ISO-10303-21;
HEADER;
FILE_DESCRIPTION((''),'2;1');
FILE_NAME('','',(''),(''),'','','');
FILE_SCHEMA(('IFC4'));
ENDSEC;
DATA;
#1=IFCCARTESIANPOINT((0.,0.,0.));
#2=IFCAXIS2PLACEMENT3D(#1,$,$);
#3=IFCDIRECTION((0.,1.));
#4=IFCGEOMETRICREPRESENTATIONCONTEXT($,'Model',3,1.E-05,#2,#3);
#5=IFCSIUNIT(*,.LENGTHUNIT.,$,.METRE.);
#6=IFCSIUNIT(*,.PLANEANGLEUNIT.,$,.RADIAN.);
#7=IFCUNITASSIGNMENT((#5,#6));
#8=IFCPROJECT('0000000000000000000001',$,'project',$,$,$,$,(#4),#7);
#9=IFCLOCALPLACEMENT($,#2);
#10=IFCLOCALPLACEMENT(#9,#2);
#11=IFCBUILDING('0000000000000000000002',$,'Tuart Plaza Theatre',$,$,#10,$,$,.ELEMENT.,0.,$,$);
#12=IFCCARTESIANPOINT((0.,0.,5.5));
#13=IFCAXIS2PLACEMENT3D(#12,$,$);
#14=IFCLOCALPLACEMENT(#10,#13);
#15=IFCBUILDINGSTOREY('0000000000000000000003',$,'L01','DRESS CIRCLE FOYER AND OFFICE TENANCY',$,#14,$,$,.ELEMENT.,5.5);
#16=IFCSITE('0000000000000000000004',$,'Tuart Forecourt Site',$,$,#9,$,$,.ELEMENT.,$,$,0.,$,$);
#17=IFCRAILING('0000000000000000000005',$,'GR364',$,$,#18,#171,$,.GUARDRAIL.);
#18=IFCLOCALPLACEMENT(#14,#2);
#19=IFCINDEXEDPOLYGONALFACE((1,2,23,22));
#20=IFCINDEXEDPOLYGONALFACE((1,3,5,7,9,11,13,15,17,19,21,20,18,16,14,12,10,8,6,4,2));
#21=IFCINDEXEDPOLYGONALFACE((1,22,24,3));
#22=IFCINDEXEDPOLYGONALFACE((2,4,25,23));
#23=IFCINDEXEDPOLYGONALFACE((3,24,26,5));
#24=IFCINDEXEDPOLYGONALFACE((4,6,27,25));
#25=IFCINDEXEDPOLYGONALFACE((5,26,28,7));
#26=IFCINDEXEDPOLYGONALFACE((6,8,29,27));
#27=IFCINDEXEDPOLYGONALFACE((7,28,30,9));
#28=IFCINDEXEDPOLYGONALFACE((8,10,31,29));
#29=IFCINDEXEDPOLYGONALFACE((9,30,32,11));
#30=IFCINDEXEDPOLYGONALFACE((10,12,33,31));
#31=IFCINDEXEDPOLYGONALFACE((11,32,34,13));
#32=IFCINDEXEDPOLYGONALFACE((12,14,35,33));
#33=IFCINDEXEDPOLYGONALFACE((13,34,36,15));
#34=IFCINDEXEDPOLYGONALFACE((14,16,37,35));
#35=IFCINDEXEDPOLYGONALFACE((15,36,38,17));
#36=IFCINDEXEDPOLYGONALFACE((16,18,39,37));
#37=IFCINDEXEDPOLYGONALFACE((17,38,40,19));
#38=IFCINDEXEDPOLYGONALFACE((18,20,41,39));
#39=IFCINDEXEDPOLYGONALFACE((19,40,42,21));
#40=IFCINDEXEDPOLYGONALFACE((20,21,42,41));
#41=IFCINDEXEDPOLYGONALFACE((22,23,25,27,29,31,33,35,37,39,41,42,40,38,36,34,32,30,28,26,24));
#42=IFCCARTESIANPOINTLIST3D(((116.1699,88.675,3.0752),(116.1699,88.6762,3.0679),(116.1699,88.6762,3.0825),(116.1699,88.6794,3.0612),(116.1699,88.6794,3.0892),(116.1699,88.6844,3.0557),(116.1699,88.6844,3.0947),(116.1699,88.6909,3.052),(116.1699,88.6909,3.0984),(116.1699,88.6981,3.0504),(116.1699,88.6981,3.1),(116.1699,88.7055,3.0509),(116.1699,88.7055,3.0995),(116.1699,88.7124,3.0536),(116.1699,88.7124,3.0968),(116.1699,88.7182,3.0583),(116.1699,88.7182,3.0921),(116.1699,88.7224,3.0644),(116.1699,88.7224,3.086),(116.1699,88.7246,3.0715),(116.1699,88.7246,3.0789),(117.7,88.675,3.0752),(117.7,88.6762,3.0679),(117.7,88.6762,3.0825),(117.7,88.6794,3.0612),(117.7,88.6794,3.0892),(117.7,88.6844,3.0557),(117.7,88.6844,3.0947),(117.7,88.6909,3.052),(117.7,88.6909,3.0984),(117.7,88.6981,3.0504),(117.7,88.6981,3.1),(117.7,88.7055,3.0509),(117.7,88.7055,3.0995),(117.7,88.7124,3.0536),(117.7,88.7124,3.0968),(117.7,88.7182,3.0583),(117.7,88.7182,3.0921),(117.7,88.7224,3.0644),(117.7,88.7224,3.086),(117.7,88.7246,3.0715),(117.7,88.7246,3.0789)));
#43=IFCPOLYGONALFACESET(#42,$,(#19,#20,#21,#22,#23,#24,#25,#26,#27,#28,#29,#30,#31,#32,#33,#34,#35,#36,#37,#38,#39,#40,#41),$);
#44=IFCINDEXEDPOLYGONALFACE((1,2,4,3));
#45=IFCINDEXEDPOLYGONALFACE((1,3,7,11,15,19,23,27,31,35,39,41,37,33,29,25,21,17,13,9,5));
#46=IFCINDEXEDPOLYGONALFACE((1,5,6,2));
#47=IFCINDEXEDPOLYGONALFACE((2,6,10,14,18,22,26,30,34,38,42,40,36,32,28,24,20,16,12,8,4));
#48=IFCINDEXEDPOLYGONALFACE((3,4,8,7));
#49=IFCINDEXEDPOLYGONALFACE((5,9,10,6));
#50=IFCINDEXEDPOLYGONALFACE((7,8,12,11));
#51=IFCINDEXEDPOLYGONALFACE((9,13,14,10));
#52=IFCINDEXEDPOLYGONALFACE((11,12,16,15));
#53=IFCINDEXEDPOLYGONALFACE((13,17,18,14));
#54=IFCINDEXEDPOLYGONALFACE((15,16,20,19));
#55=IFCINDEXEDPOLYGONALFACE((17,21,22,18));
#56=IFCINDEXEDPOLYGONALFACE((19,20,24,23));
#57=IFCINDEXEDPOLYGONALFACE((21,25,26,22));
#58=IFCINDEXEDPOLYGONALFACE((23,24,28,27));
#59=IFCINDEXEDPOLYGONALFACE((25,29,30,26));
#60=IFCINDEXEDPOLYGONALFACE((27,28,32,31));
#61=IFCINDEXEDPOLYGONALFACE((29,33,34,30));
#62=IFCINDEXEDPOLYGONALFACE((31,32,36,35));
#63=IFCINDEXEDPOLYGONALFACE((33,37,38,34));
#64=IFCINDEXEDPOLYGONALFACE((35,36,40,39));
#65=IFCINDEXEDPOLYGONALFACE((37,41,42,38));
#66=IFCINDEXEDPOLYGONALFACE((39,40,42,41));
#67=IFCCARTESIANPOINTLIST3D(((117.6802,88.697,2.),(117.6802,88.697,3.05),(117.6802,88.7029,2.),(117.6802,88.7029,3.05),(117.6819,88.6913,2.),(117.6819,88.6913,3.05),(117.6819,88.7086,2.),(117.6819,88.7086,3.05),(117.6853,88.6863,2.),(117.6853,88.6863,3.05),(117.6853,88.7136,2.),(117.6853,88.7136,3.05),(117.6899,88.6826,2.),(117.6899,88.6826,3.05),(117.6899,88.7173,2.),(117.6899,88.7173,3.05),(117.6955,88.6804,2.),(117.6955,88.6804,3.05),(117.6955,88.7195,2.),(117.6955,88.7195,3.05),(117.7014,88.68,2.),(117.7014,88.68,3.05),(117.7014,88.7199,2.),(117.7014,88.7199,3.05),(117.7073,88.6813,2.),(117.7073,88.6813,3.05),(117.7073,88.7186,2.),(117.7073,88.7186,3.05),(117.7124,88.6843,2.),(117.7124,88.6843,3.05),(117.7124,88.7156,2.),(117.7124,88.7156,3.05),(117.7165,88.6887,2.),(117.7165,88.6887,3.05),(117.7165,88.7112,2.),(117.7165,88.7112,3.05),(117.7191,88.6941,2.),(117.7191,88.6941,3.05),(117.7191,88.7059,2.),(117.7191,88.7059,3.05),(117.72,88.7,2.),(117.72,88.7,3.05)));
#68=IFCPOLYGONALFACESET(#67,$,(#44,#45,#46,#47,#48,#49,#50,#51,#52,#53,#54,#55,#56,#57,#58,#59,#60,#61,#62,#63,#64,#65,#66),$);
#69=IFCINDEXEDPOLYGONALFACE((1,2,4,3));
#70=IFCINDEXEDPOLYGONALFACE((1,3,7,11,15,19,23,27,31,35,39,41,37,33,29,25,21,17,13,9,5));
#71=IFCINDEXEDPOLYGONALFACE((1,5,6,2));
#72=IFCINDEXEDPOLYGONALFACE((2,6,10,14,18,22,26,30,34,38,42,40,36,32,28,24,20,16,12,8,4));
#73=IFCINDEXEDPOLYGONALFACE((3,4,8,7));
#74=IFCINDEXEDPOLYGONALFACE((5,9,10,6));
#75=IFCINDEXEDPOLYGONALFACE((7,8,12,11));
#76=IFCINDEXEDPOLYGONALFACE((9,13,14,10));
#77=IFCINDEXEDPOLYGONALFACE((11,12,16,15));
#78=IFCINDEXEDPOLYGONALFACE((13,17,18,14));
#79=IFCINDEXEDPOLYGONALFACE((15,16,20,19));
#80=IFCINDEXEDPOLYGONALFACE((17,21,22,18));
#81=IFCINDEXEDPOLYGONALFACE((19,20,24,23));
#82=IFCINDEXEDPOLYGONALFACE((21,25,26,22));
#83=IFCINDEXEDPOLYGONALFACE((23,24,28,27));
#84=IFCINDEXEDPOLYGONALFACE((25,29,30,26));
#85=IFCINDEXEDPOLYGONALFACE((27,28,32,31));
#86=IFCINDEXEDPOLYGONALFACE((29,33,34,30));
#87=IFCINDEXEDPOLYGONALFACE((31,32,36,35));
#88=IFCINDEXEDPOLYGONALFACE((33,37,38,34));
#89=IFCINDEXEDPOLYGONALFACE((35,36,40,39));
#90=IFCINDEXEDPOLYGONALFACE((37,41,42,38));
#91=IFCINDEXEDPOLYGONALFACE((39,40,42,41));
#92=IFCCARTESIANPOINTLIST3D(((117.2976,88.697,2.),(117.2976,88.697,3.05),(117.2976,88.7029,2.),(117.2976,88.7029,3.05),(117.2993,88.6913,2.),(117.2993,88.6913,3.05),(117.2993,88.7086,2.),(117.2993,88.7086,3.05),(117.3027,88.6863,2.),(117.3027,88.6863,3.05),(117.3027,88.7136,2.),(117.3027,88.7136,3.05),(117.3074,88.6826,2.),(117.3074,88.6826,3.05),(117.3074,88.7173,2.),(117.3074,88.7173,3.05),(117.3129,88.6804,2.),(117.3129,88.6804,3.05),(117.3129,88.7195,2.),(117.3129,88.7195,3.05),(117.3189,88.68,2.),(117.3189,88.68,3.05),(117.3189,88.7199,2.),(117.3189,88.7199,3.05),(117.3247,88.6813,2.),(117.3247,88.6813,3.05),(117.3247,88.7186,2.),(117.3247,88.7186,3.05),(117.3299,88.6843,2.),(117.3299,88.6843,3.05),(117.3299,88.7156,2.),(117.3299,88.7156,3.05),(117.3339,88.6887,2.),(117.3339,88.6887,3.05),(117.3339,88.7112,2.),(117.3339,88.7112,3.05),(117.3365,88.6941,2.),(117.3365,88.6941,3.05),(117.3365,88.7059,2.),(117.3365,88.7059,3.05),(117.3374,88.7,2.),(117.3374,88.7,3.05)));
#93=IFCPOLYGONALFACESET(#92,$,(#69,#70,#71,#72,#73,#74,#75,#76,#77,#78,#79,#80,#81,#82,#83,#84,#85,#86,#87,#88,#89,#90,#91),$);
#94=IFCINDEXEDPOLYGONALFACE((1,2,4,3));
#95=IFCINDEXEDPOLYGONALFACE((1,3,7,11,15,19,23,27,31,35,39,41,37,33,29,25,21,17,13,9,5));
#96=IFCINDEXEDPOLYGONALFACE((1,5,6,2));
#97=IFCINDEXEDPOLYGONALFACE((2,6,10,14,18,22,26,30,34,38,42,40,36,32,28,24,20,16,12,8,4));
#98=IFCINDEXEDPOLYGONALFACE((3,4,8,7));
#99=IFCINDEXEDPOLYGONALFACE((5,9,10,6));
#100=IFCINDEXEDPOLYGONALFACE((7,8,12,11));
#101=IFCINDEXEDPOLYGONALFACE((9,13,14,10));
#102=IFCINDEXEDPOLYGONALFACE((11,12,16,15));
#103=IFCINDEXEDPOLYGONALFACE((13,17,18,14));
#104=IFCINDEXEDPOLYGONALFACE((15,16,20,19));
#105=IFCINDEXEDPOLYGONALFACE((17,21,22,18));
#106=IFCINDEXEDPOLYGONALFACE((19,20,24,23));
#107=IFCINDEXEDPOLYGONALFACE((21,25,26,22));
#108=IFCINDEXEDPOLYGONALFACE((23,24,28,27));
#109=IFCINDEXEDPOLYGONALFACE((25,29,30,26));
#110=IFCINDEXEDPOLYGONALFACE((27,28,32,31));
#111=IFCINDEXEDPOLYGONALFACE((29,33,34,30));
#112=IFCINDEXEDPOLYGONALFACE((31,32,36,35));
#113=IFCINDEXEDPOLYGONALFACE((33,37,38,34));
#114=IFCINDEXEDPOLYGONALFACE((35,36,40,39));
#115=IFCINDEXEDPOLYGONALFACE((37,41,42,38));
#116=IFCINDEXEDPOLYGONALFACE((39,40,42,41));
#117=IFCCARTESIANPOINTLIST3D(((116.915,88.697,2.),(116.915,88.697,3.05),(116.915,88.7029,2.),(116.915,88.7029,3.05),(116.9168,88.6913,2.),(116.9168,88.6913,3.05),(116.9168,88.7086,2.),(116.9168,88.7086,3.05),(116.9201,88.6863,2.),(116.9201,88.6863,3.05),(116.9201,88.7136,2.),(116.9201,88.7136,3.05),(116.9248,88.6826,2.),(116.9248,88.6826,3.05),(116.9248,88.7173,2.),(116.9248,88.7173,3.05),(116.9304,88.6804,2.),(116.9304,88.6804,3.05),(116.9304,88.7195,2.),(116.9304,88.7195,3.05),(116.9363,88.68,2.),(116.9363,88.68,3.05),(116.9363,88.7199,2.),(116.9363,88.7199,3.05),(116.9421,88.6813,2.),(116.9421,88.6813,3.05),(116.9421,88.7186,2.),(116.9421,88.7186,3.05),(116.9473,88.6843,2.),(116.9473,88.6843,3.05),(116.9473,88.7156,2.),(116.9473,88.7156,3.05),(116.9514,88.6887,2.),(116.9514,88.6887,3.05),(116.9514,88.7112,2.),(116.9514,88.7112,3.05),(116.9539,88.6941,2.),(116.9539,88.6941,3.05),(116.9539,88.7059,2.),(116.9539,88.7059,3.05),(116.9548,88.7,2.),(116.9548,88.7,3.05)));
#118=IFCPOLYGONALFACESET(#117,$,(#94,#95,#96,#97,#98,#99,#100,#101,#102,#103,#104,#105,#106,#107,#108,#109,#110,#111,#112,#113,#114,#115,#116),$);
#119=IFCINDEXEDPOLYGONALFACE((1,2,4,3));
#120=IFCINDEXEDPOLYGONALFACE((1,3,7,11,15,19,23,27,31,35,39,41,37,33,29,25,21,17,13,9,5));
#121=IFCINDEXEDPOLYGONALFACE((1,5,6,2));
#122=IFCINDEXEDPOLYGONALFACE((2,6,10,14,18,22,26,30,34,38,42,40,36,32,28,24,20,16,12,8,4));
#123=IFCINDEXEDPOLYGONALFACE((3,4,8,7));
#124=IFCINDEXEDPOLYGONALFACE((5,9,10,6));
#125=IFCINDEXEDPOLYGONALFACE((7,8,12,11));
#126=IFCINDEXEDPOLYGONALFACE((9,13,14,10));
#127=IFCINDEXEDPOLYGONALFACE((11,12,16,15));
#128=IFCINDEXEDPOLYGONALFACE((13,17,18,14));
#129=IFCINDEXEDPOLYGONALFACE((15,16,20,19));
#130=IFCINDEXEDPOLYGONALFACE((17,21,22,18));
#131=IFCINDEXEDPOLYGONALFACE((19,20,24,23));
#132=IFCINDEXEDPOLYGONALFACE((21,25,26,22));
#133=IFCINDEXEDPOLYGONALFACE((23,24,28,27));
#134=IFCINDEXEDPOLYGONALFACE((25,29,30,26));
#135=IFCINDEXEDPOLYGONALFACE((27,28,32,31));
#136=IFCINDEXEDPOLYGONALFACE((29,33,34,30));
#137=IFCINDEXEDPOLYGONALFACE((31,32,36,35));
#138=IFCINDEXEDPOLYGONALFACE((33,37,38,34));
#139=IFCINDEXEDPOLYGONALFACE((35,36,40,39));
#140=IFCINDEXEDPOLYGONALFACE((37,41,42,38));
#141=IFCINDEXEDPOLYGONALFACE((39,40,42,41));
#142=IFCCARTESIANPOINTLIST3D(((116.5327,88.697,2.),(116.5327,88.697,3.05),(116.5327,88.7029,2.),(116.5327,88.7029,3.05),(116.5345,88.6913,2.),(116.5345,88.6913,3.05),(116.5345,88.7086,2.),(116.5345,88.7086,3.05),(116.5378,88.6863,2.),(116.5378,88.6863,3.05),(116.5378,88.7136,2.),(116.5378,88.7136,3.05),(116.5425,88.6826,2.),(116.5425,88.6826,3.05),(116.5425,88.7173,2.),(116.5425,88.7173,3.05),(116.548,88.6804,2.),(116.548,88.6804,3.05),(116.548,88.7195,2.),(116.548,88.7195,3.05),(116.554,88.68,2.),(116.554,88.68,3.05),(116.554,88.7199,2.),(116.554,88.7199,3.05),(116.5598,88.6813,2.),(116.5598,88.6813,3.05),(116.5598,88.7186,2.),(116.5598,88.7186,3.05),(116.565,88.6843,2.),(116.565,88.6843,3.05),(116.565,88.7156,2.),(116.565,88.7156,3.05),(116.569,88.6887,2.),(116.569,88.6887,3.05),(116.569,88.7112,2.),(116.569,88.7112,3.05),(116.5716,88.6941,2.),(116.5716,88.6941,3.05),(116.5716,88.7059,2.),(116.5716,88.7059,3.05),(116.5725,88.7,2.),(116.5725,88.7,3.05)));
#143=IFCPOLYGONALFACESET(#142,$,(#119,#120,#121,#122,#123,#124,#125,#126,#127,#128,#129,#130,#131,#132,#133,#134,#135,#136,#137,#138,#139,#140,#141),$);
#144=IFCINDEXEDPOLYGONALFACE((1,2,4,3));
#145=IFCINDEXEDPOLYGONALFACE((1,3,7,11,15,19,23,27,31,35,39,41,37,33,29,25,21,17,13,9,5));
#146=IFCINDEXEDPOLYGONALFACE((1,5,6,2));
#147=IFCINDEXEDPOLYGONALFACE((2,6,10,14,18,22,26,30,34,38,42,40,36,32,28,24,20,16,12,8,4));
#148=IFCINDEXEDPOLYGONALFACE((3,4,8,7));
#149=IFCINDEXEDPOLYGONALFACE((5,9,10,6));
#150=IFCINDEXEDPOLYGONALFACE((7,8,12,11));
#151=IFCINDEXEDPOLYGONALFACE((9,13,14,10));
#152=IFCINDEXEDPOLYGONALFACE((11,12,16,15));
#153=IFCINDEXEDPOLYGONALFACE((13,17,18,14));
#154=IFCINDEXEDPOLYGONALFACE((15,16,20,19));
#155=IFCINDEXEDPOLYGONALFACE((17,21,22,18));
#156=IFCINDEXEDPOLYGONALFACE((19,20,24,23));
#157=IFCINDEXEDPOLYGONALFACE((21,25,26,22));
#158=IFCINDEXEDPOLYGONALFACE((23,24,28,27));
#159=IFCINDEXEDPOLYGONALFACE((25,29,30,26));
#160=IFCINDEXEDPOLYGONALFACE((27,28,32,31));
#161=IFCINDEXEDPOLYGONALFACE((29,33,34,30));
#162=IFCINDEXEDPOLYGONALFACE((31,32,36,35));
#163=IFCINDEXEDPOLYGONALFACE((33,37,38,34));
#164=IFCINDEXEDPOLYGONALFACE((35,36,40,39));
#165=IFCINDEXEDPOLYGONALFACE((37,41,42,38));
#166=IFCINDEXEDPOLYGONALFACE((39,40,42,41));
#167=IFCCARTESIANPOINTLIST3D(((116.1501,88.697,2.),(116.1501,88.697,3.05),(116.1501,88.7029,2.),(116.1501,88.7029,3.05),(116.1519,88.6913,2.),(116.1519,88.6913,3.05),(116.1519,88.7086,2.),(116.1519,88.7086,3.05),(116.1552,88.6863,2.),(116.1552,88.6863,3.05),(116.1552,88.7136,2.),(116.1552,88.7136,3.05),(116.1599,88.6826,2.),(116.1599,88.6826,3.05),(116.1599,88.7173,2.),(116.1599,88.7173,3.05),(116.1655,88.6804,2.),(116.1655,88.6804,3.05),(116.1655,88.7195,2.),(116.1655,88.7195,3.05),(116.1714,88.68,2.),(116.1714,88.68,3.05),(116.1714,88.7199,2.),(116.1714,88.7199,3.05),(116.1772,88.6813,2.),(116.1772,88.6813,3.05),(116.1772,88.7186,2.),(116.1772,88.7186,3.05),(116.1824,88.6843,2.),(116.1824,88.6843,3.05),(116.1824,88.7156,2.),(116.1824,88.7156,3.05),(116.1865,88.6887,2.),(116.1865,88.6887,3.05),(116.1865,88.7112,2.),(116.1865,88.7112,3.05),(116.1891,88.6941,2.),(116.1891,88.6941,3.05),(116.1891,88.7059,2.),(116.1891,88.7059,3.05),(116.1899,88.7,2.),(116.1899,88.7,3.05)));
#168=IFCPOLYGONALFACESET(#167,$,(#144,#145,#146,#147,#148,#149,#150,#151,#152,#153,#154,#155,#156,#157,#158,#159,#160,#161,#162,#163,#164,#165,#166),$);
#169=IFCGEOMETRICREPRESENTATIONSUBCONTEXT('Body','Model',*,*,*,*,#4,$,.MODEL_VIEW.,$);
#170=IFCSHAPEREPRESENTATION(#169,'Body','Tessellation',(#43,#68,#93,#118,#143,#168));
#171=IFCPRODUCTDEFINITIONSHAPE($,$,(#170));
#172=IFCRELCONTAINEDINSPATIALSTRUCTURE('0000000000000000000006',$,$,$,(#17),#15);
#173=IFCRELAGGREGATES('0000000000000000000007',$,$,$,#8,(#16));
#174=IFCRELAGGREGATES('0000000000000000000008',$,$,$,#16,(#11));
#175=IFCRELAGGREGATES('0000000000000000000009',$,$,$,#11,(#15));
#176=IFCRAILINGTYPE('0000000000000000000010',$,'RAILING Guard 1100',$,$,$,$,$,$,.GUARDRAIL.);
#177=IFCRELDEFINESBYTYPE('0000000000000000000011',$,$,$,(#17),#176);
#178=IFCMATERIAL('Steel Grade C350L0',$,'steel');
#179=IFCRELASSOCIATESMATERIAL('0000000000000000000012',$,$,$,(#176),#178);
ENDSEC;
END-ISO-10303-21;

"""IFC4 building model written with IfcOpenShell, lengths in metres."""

from ifc_helpers import new_model, si_unit, direction, frame, origin, origin_2d, place, context, subcontext, project, spatial, circle, extrude, material, type_object, element, save


model = new_model("IFC4")

# Units and contexts
model_context = context("Model", 3, precision=1e-05, world=origin(), true_north=direction((0.0, 1.0)))
body_context = subcontext(model_context, "Body", "Model", "MODEL_VIEW")
ifc_project = project(units=[si_unit("LENGTHUNIT", "METRE"), si_unit("PLANEANGLEUNIT", "RADIAN")], contexts=[model_context])

# Site, building, storey
site_placement = place(None, origin())
site = spatial("IfcSite", under=ifc_project, at=site_placement, Name="Tuart Forecourt Site", CompositionType="ELEMENT", RefElevation=0.0)
building_placement = place(site_placement, origin())
building = spatial("IfcBuilding", under=site, at=building_placement, Name="Tuart Plaza Theatre", CompositionType="ELEMENT", ElevationOfRefHeight=0.0)
storey_placement = place(building_placement, frame((0.0, 0.0, 5.5)))
storey = spatial("IfcBuildingStorey", under=building, at=storey_placement, Name="L01", Description="DRESS CIRCLE FOYER AND OFFICE TENANCY", CompositionType="ELEMENT", Elevation=5.5)

# Railing
ifc_material_1 = material(Name="Steel Grade C350L0", Category="steel")
railing_type_1 = type_object("IfcRailingType", Name="RAILING Guard 1100", PredefinedType="GUARDRAIL", material=ifc_material_1)
railing_1_placement = place(storey_placement, frame((117.7, 88.7, 2.0)))
element("IfcRailing", 1, at=railing_1_placement, inside=storey, type_object=railing_type_1, Name="GR364", PredefinedType="GUARDRAIL", context=body_context, shape_type="SweptSolid", body=[
    extrude(circle(Radius=0.0249, at=origin_2d()), frame((0.0, 0.0, 1.0752), z_axis=(-1.0, 0.0, 0.0), x_axis=(0.0, -1.0, 0.0)), (0.0, 0.0, 1.0), 1.53),
    extrude(circle(Radius=0.02, at=origin_2d()), origin(), (0.0, 0.0, 1.0), 1.05),
    extrude(circle(Radius=0.02, at=origin_2d()), frame((-0.3826, 0.0, 0.0)), (0.0, 0.0, 1.0), 1.05),
    extrude(circle(Radius=0.02, at=origin_2d()), frame((-0.7651, 0.0, 0.0)), (0.0, 0.0, 1.0), 1.05),
    extrude(circle(Radius=0.02, at=origin_2d()), frame((-1.1475, 0.0, 0.0)), (0.0, 0.0, 1.0), 1.05),
    extrude(circle(Radius=0.02, at=origin_2d()), frame((-1.53, 0.0, 0.0)), (0.0, 0.0, 1.0), 1.05),
])

save(model, "model.ifc")
